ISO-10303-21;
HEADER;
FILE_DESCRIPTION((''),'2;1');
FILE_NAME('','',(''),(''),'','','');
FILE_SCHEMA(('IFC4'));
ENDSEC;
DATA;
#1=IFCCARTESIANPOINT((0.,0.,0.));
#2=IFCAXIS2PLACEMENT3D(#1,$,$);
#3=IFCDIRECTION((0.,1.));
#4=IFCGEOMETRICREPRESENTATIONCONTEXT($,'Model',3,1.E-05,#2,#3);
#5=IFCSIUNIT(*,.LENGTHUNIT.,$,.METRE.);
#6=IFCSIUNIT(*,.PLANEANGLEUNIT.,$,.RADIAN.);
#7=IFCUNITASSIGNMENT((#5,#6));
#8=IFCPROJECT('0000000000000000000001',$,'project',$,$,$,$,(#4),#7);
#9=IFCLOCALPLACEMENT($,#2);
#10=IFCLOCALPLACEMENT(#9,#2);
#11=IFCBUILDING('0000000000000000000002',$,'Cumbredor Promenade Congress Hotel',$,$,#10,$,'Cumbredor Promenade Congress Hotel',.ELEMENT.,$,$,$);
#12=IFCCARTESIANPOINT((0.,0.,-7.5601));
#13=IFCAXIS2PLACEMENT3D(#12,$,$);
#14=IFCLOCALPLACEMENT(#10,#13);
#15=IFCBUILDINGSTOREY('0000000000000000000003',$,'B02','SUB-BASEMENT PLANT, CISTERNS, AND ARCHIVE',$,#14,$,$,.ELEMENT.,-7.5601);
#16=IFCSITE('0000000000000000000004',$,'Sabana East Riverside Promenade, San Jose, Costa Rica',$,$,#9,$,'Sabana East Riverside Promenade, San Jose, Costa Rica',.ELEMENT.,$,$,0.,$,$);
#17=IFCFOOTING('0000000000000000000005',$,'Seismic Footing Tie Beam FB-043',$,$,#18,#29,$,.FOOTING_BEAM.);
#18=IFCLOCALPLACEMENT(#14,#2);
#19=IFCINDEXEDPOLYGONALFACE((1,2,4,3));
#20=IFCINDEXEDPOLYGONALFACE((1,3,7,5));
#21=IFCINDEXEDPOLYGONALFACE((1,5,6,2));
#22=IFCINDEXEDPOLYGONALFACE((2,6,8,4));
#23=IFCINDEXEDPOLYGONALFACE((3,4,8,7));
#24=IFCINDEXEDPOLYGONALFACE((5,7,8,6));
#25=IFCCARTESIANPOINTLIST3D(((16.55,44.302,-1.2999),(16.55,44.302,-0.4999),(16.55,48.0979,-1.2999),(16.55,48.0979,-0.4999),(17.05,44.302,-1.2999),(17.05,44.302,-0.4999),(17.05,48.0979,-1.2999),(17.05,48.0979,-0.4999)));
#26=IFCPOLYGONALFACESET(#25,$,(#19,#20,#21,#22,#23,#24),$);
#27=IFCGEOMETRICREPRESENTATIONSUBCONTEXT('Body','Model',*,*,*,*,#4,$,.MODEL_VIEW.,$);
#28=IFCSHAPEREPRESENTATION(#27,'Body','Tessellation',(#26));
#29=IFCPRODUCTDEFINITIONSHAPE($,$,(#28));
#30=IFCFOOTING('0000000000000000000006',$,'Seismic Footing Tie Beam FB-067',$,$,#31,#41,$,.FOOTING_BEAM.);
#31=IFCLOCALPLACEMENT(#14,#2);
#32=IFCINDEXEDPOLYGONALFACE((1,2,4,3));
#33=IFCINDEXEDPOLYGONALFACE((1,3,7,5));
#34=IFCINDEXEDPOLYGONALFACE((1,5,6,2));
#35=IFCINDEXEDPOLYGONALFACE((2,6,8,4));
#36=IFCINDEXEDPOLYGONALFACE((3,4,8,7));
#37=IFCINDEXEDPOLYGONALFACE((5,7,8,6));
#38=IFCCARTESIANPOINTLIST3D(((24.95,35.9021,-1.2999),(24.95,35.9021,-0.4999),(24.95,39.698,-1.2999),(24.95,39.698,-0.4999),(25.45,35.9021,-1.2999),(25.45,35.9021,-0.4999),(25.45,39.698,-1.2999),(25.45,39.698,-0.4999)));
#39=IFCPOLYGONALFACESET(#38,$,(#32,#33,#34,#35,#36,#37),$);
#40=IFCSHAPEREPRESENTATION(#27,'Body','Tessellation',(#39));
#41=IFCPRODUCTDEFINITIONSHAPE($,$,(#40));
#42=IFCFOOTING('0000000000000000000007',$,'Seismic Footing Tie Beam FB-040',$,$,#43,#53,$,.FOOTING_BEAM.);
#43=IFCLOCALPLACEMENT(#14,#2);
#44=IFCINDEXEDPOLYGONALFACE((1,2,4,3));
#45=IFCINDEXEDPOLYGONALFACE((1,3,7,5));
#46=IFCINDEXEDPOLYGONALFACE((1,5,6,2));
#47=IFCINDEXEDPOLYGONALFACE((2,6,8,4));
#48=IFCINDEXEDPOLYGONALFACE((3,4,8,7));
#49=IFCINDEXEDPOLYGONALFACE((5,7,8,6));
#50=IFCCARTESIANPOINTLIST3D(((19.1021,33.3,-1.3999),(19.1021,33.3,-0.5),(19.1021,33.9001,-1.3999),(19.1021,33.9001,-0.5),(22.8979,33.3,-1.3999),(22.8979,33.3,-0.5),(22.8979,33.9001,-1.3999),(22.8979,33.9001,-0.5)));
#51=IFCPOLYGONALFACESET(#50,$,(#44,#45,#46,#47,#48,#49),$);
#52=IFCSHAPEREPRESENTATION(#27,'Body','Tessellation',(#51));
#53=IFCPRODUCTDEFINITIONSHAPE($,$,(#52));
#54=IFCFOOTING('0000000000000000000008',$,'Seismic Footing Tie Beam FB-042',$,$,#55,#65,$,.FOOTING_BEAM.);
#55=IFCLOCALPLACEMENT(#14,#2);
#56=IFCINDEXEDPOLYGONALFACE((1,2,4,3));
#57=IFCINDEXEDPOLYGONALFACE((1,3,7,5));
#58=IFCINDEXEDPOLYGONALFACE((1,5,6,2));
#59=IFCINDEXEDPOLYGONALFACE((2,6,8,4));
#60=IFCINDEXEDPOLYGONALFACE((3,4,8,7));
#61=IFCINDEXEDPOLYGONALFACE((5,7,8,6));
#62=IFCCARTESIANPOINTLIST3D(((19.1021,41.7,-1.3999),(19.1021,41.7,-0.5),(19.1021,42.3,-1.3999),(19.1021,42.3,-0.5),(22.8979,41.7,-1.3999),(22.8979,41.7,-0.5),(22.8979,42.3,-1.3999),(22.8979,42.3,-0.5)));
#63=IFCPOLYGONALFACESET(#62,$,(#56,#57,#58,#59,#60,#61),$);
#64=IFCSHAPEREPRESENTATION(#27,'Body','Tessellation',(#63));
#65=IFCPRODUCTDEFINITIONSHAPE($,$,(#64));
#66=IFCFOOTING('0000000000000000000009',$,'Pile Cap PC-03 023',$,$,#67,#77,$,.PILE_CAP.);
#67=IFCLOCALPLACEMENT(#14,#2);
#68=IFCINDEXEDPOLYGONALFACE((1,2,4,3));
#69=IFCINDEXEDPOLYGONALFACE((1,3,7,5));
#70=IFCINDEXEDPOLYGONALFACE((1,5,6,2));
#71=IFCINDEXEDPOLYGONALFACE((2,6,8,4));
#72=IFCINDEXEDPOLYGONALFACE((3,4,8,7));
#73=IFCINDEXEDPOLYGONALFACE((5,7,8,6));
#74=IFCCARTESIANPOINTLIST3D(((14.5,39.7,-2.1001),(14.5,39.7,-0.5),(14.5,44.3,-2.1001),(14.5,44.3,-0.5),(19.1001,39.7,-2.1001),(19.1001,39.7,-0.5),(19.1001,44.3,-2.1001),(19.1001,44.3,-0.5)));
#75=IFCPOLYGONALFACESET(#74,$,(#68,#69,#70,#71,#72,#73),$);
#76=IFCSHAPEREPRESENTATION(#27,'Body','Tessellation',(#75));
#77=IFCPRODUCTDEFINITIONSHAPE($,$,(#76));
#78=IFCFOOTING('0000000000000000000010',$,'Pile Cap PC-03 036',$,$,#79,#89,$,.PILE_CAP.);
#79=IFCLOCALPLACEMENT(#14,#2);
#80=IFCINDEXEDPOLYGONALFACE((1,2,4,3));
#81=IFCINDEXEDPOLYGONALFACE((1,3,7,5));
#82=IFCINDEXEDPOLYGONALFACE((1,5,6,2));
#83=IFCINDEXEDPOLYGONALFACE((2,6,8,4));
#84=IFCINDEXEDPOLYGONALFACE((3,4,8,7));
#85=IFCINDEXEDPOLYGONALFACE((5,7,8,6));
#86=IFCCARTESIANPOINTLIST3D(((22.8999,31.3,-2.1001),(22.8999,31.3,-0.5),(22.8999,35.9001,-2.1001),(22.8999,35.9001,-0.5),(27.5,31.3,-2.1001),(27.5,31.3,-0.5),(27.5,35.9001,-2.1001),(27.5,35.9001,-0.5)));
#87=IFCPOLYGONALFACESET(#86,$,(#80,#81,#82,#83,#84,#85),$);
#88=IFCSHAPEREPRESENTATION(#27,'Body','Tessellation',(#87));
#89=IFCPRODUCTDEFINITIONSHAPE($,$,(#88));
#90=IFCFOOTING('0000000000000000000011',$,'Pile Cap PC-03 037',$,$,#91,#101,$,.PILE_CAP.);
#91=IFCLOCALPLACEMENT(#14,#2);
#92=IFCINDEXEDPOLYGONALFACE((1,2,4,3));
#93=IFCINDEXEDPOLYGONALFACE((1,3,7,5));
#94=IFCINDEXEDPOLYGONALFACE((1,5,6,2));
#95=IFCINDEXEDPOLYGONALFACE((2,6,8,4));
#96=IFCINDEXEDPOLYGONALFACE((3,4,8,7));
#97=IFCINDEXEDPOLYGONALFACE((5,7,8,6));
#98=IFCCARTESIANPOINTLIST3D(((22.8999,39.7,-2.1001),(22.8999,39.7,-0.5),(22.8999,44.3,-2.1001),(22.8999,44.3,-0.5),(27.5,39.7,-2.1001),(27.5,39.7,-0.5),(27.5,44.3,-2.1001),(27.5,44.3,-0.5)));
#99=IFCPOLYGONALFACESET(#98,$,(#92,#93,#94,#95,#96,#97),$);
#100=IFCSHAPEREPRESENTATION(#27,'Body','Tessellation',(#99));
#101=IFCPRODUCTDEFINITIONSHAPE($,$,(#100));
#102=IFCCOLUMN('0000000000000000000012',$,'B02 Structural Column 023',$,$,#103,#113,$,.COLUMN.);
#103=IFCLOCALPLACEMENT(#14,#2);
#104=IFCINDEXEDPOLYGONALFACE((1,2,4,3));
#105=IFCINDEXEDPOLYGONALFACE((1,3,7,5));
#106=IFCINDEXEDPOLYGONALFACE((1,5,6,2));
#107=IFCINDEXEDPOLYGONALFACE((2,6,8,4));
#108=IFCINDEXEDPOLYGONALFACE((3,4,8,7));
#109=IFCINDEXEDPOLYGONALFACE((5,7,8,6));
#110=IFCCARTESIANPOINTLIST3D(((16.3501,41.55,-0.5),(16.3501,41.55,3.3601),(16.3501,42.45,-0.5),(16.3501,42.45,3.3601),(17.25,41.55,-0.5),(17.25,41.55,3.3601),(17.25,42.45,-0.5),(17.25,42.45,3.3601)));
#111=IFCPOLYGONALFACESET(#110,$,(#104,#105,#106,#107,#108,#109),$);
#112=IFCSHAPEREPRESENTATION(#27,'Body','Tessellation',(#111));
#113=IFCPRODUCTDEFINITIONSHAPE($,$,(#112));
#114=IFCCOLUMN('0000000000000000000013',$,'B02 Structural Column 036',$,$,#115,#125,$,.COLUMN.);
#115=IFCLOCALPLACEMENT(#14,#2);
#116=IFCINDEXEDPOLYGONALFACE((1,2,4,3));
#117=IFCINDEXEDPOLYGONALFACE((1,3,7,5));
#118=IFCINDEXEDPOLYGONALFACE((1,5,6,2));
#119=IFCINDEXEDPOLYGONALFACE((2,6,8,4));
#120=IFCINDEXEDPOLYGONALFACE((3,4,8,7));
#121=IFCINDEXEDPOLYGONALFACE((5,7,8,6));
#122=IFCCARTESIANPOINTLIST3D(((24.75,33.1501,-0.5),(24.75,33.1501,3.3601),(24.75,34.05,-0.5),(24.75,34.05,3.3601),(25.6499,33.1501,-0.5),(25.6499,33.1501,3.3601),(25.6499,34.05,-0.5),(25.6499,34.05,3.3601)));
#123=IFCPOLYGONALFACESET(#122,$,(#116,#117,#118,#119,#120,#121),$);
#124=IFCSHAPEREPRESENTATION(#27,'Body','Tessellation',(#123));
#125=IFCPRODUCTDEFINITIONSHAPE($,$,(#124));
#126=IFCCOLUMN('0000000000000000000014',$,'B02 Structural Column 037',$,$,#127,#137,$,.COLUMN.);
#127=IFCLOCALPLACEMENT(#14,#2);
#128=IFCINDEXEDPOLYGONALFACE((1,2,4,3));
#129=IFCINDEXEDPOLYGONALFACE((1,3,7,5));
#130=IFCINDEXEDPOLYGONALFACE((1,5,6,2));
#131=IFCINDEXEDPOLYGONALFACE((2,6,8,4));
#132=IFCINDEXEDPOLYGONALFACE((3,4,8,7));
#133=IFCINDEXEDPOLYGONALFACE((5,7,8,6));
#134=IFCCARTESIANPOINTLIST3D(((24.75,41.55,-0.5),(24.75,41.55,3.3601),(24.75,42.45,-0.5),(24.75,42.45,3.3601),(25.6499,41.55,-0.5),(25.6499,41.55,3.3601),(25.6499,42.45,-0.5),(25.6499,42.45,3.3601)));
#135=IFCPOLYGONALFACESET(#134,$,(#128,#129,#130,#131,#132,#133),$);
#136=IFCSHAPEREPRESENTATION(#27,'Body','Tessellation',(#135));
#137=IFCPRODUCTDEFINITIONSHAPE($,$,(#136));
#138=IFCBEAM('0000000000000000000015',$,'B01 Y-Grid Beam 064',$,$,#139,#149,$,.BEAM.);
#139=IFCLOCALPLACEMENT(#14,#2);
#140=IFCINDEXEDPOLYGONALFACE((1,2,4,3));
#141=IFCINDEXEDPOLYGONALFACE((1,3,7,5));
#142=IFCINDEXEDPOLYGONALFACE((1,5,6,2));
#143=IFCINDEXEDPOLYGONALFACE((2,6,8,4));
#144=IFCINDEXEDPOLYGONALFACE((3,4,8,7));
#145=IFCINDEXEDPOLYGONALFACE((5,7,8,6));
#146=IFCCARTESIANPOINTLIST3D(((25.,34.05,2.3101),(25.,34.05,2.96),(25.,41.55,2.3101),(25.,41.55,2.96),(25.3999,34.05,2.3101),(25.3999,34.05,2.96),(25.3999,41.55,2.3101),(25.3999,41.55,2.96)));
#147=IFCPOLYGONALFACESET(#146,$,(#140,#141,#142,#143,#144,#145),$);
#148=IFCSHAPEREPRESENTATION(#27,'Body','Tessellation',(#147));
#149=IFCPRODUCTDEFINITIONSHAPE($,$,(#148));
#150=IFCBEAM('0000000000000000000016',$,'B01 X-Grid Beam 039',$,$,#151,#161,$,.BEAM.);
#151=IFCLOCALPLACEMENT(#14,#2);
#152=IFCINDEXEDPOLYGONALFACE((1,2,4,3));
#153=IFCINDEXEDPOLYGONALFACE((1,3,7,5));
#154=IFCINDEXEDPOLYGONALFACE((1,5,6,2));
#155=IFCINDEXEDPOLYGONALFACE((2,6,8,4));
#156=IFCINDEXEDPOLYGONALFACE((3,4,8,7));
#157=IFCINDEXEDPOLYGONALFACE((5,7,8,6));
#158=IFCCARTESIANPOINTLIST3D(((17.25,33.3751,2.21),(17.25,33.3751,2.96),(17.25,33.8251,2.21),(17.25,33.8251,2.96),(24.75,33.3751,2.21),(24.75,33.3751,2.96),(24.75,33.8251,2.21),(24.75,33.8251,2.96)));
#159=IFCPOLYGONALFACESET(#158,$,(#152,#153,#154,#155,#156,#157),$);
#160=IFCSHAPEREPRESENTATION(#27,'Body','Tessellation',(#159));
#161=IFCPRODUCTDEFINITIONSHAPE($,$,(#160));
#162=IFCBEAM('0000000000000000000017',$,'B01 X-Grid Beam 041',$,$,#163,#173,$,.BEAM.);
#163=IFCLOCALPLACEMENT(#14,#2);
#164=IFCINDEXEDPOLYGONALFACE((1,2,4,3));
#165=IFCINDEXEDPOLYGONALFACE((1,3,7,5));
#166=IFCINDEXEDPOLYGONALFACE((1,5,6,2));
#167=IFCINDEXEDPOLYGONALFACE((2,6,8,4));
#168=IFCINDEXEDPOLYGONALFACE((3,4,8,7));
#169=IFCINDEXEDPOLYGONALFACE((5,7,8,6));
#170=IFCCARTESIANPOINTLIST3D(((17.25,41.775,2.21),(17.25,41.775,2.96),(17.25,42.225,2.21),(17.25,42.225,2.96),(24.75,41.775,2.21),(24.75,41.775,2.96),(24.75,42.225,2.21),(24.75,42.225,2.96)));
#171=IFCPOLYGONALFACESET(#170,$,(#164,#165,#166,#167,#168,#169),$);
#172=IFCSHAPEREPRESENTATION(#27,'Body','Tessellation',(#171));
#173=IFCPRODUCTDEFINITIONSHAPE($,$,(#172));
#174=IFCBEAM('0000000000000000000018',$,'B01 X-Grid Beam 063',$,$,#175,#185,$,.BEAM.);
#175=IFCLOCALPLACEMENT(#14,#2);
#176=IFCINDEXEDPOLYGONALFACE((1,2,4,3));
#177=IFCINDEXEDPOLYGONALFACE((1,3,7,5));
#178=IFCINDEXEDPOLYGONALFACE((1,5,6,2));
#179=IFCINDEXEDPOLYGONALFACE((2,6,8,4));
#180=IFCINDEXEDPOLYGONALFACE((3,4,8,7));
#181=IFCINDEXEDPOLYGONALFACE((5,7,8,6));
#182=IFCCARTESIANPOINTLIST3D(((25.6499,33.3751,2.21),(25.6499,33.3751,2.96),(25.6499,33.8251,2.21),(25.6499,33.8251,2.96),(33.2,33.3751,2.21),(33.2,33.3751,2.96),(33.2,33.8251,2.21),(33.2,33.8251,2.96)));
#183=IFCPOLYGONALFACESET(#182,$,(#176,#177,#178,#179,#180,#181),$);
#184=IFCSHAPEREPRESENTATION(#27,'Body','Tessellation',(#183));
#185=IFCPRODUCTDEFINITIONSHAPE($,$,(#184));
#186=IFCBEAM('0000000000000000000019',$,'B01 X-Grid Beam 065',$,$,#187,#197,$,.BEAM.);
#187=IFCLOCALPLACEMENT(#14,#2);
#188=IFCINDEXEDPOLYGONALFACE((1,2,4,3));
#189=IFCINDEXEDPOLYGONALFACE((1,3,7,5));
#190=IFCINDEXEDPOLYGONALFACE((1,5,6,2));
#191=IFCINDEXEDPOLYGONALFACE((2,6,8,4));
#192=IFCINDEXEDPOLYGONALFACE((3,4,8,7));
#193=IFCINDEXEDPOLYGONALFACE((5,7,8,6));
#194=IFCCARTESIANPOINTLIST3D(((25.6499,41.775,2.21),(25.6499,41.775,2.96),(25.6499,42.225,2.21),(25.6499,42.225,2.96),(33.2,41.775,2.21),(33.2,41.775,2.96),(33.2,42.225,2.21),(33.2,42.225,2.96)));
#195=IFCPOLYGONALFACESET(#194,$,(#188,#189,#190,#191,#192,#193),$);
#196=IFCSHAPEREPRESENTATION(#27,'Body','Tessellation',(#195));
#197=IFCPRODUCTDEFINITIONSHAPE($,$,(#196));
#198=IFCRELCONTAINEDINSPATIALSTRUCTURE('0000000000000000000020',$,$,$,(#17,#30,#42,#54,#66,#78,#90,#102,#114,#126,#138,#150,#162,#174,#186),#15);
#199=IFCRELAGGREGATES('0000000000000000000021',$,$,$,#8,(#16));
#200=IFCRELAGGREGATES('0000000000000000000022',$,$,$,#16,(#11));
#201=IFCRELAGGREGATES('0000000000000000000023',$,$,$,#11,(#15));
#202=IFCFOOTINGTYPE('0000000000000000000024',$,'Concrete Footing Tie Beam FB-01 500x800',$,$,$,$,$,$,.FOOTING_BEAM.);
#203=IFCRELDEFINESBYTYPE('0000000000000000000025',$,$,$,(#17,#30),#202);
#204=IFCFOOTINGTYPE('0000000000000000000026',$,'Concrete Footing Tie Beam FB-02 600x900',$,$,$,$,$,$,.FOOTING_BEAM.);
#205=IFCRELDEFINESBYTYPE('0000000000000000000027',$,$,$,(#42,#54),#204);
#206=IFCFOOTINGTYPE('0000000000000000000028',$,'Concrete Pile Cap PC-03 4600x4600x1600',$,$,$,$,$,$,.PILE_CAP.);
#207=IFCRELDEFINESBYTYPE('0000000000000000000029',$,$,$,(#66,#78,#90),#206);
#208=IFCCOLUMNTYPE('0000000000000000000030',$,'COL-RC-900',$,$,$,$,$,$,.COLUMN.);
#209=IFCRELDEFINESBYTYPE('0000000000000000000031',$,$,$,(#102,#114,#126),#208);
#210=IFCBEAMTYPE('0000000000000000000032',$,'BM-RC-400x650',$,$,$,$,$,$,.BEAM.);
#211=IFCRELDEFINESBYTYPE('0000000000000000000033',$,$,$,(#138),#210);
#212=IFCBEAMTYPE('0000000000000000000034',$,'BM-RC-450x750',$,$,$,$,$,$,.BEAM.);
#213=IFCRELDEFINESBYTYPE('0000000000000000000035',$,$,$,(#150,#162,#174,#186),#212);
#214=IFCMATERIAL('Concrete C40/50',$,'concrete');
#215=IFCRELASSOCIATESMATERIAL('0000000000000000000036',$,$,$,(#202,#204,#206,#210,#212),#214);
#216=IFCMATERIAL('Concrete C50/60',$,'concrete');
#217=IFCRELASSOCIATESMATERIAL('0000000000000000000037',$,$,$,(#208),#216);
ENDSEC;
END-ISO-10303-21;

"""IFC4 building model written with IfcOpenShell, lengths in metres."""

from ifc_helpers import new_model, si_unit, direction, frame, origin, origin_2d, place, context, subcontext, project, spatial, rectangle, extrude, material, material_profile, profile_set, type_object, element, save


model = new_model("IFC4")

# Units and contexts
model_context = context("Model", 3, precision=1e-05, world=origin(), true_north=direction((0.0, 1.0)))
body_context = subcontext(model_context, "Body", "Model", "MODEL_VIEW")
ifc_project = project(units=[si_unit("LENGTHUNIT", "METRE"), si_unit("PLANEANGLEUNIT", "RADIAN")], contexts=[model_context])

# Site, building, storey
site_placement = place(None, origin())
site = spatial("IfcSite", under=ifc_project, at=site_placement, Name="Sabana East Riverside Promenade, San Jose, Costa Rica", LongName="Sabana East Riverside Promenade, San Jose, Costa Rica", CompositionType="ELEMENT", RefElevation=0.0)
building_placement = place(site_placement, origin())
building = spatial("IfcBuilding", under=site, at=building_placement, Name="Cumbredor Promenade Congress Hotel", LongName="Cumbredor Promenade Congress Hotel", CompositionType="ELEMENT")
storey_placement = place(building_placement, frame((0.0, 0.0, -7.5601)))
storey = spatial("IfcBuildingStorey", under=building, at=storey_placement, Name="B02", Description="SUB-BASEMENT PLANT, CISTERNS, AND ARCHIVE", CompositionType="ELEMENT", Elevation=-7.5601)

# Shared definitions
ifc_material_1 = material(Name="Concrete C40/50", Category="concrete")

# Footings
ifc_material_profile_1 = material_profile(ifc_material_1, rectangle(XDim=0.5, YDim=0.8, at=origin_2d()), Name="FB 500x800")
ifc_profile_set_1 = profile_set([ifc_material_profile_1], Name="Concrete C40/50")
footing_type_1 = type_object("IfcFootingType", Name="Concrete Footing Tie Beam FB-01 500x800", PredefinedType="FOOTING_BEAM", material=ifc_profile_set_1)
for number, where, z_axis, x_axis, name in (
    (1, (16.8, 44.302, -0.8999), (0.0, 1.0, 0.0), (-1.0, 0.0, 0.0), "Seismic Footing Tie Beam FB-043"),
    (2, (25.2, 35.9021, -0.8999), (0.0, 1.0, 0.0), (-1.0, 0.0, 0.0), "Seismic Footing Tie Beam FB-067"),
):
    element("IfcFooting", number, at=place(storey_placement, frame(where, z_axis=z_axis, x_axis=x_axis)), inside=storey, type_object=footing_type_1, Name=name, PredefinedType="FOOTING_BEAM", context=body_context, shape_type="SweptSolid", body=[
        extrude(rectangle(XDim=0.5, YDim=0.8, at=origin_2d()), origin(), (0.0, 0.0, 1.0), 3.7959),
    ])
ifc_material_profile_2 = material_profile(ifc_material_1, rectangle(XDim=0.6001, YDim=0.8999, at=origin_2d()), Name="FB 600x900")
ifc_profile_set_2 = profile_set([ifc_material_profile_2], Name="Concrete C40/50")
footing_type_2 = type_object("IfcFootingType", Name="Concrete Footing Tie Beam FB-02 600x900", PredefinedType="FOOTING_BEAM", material=ifc_profile_set_2)
for number, where, z_axis, x_axis, name in (
    (3, (19.1021, 33.6001, -0.95), (1.0, 0.0, 0.0), (0.0, 1.0, 0.0), "Seismic Footing Tie Beam FB-040"),
    (4, (19.1021, 42.0, -0.95), (1.0, 0.0, 0.0), (0.0, 1.0, 0.0), "Seismic Footing Tie Beam FB-042"),
):
    element("IfcFooting", number, at=place(storey_placement, frame(where, z_axis=z_axis, x_axis=x_axis)), inside=storey, type_object=footing_type_2, Name=name, PredefinedType="FOOTING_BEAM", context=body_context, shape_type="SweptSolid", body=[
        extrude(rectangle(XDim=0.6001, YDim=0.8999, at=origin_2d()), origin(), (0.0, 0.0, 1.0), 3.7959),
    ])
footing_type_3 = type_object("IfcFootingType", Name="Concrete Pile Cap PC-03 4600x4600x1600", PredefinedType="PILE_CAP", material=ifc_material_1)
for number, where, z_axis, x_axis, name in (
    (5, (16.8, 42.0, -2.1001), (0.0, 0.0, 1.0), (1.0, 0.0, 0.0), "Pile Cap PC-03 023"),
    (6, (25.2, 33.6001, -2.1001), (0.0, 0.0, 1.0), (1.0, 0.0, 0.0), "Pile Cap PC-03 036"),
    (7, (25.2, 42.0, -2.1001), (0.0, 0.0, 1.0), (1.0, 0.0, 0.0), "Pile Cap PC-03 037"),
):
    element("IfcFooting", number, at=place(storey_placement, frame(where, z_axis=z_axis, x_axis=x_axis)), inside=storey, type_object=footing_type_3, Name=name, PredefinedType="PILE_CAP", context=body_context, shape_type="SweptSolid", body=[
        extrude(rectangle(XDim=4.6001, YDim=4.6001, at=origin_2d()), origin(), (0.0, 0.0, 1.0), 1.6001),
    ])

# Columns
ifc_material_2 = material(Name="Concrete C50/60", Category="concrete")
ifc_material_profile_3 = material_profile(ifc_material_2, rectangle(XDim=0.8999, YDim=0.8999, at=origin_2d()), Name="RC 900x900")
ifc_profile_set_3 = profile_set([ifc_material_profile_3], Name="Concrete C50/60")
column_type = type_object("IfcColumnType", Name="COL-RC-900", PredefinedType="COLUMN", material=ifc_profile_set_3)
for number, where, z_axis, x_axis, name in (
    (8, (16.8, 42.0, -0.5), (0.0, 0.0, 1.0), (1.0, 0.0, 0.0), "B02 Structural Column 023"),
    (9, (25.2, 33.6001, -0.5), (0.0, 0.0, 1.0), (1.0, 0.0, 0.0), "B02 Structural Column 036"),
    (10, (25.2, 42.0, -0.5), (0.0, 0.0, 1.0), (1.0, 0.0, 0.0), "B02 Structural Column 037"),
):
    element("IfcColumn", number, at=place(storey_placement, frame(where, z_axis=z_axis, x_axis=x_axis)), inside=storey, type_object=column_type, Name=name, PredefinedType="COLUMN", context=body_context, shape_type="SweptSolid", body=[
        extrude(rectangle(XDim=0.8999, YDim=0.8999, at=origin_2d()), origin(), (0.0, 0.0, 1.0), 3.8601),
    ])

# Beams
ifc_material_profile_4 = material_profile(ifc_material_1, rectangle(XDim=0.3999, YDim=0.6499, at=origin_2d()), Name="RC BEAM 400x650")
ifc_profile_set_4 = profile_set([ifc_material_profile_4], Name="Concrete C40/50")
beam_type_1 = type_object("IfcBeamType", Name="BM-RC-400x650", PredefinedType="BEAM", material=ifc_profile_set_4)
beam_placement = place(storey_placement, frame((25.2, 34.05, 2.635), z_axis=(0.0, 1.0, 0.0), x_axis=(-1.0, 0.0, 0.0)))
element("IfcBeam", 11, at=beam_placement, inside=storey, type_object=beam_type_1, Name="B01 Y-Grid Beam 064", PredefinedType="BEAM", context=body_context, shape_type="SweptSolid", body=[
    extrude(rectangle(XDim=0.3999, YDim=0.6499, at=origin_2d()), origin(), (0.0, 0.0, 1.0), 7.5),
])
ifc_material_profile_5 = material_profile(ifc_material_1, rectangle(XDim=0.45, YDim=0.75, at=origin_2d()), Name="RC BEAM 450x750")
ifc_profile_set_5 = profile_set([ifc_material_profile_5], Name="Concrete C40/50")
beam_type_2 = type_object("IfcBeamType", Name="BM-RC-450x750", PredefinedType="BEAM", material=ifc_profile_set_5)
for number, where, z_axis, x_axis, name in (
    (12, (17.25, 33.6001, 2.585), (1.0, 0.0, 0.0), (0.0, 1.0, 0.0), "B01 X-Grid Beam 039"),
    (13, (17.25, 42.0, 2.585), (1.0, 0.0, 0.0), (0.0, 1.0, 0.0), "B01 X-Grid Beam 041"),
):
    element("IfcBeam", number, at=place(storey_placement, frame(where, z_axis=z_axis, x_axis=x_axis)), inside=storey, type_object=beam_type_2, Name=name, PredefinedType="BEAM", context=body_context, shape_type="SweptSolid", body=[
        extrude(rectangle(XDim=0.45, YDim=0.75, at=origin_2d()), origin(), (0.0, 0.0, 1.0), 7.5),
    ])
for number, where, z_axis, x_axis, name in (
    (14, (25.6499, 33.6001, 2.585), (1.0, 0.0, 0.0), (0.0, 1.0, 0.0), "B01 X-Grid Beam 063"),
    (15, (25.6499, 42.0, 2.585), (1.0, 0.0, 0.0), (0.0, 1.0, 0.0), "B01 X-Grid Beam 065"),
):
    element("IfcBeam", number, at=place(storey_placement, frame(where, z_axis=z_axis, x_axis=x_axis)), inside=storey, type_object=beam_type_2, Name=name, PredefinedType="BEAM", context=body_context, shape_type="SweptSolid", body=[
        extrude(rectangle(XDim=0.45, YDim=0.75, at=origin_2d()), origin(), (0.0, 0.0, 1.0), 7.55),
    ])

save(model, "model.ifc")
